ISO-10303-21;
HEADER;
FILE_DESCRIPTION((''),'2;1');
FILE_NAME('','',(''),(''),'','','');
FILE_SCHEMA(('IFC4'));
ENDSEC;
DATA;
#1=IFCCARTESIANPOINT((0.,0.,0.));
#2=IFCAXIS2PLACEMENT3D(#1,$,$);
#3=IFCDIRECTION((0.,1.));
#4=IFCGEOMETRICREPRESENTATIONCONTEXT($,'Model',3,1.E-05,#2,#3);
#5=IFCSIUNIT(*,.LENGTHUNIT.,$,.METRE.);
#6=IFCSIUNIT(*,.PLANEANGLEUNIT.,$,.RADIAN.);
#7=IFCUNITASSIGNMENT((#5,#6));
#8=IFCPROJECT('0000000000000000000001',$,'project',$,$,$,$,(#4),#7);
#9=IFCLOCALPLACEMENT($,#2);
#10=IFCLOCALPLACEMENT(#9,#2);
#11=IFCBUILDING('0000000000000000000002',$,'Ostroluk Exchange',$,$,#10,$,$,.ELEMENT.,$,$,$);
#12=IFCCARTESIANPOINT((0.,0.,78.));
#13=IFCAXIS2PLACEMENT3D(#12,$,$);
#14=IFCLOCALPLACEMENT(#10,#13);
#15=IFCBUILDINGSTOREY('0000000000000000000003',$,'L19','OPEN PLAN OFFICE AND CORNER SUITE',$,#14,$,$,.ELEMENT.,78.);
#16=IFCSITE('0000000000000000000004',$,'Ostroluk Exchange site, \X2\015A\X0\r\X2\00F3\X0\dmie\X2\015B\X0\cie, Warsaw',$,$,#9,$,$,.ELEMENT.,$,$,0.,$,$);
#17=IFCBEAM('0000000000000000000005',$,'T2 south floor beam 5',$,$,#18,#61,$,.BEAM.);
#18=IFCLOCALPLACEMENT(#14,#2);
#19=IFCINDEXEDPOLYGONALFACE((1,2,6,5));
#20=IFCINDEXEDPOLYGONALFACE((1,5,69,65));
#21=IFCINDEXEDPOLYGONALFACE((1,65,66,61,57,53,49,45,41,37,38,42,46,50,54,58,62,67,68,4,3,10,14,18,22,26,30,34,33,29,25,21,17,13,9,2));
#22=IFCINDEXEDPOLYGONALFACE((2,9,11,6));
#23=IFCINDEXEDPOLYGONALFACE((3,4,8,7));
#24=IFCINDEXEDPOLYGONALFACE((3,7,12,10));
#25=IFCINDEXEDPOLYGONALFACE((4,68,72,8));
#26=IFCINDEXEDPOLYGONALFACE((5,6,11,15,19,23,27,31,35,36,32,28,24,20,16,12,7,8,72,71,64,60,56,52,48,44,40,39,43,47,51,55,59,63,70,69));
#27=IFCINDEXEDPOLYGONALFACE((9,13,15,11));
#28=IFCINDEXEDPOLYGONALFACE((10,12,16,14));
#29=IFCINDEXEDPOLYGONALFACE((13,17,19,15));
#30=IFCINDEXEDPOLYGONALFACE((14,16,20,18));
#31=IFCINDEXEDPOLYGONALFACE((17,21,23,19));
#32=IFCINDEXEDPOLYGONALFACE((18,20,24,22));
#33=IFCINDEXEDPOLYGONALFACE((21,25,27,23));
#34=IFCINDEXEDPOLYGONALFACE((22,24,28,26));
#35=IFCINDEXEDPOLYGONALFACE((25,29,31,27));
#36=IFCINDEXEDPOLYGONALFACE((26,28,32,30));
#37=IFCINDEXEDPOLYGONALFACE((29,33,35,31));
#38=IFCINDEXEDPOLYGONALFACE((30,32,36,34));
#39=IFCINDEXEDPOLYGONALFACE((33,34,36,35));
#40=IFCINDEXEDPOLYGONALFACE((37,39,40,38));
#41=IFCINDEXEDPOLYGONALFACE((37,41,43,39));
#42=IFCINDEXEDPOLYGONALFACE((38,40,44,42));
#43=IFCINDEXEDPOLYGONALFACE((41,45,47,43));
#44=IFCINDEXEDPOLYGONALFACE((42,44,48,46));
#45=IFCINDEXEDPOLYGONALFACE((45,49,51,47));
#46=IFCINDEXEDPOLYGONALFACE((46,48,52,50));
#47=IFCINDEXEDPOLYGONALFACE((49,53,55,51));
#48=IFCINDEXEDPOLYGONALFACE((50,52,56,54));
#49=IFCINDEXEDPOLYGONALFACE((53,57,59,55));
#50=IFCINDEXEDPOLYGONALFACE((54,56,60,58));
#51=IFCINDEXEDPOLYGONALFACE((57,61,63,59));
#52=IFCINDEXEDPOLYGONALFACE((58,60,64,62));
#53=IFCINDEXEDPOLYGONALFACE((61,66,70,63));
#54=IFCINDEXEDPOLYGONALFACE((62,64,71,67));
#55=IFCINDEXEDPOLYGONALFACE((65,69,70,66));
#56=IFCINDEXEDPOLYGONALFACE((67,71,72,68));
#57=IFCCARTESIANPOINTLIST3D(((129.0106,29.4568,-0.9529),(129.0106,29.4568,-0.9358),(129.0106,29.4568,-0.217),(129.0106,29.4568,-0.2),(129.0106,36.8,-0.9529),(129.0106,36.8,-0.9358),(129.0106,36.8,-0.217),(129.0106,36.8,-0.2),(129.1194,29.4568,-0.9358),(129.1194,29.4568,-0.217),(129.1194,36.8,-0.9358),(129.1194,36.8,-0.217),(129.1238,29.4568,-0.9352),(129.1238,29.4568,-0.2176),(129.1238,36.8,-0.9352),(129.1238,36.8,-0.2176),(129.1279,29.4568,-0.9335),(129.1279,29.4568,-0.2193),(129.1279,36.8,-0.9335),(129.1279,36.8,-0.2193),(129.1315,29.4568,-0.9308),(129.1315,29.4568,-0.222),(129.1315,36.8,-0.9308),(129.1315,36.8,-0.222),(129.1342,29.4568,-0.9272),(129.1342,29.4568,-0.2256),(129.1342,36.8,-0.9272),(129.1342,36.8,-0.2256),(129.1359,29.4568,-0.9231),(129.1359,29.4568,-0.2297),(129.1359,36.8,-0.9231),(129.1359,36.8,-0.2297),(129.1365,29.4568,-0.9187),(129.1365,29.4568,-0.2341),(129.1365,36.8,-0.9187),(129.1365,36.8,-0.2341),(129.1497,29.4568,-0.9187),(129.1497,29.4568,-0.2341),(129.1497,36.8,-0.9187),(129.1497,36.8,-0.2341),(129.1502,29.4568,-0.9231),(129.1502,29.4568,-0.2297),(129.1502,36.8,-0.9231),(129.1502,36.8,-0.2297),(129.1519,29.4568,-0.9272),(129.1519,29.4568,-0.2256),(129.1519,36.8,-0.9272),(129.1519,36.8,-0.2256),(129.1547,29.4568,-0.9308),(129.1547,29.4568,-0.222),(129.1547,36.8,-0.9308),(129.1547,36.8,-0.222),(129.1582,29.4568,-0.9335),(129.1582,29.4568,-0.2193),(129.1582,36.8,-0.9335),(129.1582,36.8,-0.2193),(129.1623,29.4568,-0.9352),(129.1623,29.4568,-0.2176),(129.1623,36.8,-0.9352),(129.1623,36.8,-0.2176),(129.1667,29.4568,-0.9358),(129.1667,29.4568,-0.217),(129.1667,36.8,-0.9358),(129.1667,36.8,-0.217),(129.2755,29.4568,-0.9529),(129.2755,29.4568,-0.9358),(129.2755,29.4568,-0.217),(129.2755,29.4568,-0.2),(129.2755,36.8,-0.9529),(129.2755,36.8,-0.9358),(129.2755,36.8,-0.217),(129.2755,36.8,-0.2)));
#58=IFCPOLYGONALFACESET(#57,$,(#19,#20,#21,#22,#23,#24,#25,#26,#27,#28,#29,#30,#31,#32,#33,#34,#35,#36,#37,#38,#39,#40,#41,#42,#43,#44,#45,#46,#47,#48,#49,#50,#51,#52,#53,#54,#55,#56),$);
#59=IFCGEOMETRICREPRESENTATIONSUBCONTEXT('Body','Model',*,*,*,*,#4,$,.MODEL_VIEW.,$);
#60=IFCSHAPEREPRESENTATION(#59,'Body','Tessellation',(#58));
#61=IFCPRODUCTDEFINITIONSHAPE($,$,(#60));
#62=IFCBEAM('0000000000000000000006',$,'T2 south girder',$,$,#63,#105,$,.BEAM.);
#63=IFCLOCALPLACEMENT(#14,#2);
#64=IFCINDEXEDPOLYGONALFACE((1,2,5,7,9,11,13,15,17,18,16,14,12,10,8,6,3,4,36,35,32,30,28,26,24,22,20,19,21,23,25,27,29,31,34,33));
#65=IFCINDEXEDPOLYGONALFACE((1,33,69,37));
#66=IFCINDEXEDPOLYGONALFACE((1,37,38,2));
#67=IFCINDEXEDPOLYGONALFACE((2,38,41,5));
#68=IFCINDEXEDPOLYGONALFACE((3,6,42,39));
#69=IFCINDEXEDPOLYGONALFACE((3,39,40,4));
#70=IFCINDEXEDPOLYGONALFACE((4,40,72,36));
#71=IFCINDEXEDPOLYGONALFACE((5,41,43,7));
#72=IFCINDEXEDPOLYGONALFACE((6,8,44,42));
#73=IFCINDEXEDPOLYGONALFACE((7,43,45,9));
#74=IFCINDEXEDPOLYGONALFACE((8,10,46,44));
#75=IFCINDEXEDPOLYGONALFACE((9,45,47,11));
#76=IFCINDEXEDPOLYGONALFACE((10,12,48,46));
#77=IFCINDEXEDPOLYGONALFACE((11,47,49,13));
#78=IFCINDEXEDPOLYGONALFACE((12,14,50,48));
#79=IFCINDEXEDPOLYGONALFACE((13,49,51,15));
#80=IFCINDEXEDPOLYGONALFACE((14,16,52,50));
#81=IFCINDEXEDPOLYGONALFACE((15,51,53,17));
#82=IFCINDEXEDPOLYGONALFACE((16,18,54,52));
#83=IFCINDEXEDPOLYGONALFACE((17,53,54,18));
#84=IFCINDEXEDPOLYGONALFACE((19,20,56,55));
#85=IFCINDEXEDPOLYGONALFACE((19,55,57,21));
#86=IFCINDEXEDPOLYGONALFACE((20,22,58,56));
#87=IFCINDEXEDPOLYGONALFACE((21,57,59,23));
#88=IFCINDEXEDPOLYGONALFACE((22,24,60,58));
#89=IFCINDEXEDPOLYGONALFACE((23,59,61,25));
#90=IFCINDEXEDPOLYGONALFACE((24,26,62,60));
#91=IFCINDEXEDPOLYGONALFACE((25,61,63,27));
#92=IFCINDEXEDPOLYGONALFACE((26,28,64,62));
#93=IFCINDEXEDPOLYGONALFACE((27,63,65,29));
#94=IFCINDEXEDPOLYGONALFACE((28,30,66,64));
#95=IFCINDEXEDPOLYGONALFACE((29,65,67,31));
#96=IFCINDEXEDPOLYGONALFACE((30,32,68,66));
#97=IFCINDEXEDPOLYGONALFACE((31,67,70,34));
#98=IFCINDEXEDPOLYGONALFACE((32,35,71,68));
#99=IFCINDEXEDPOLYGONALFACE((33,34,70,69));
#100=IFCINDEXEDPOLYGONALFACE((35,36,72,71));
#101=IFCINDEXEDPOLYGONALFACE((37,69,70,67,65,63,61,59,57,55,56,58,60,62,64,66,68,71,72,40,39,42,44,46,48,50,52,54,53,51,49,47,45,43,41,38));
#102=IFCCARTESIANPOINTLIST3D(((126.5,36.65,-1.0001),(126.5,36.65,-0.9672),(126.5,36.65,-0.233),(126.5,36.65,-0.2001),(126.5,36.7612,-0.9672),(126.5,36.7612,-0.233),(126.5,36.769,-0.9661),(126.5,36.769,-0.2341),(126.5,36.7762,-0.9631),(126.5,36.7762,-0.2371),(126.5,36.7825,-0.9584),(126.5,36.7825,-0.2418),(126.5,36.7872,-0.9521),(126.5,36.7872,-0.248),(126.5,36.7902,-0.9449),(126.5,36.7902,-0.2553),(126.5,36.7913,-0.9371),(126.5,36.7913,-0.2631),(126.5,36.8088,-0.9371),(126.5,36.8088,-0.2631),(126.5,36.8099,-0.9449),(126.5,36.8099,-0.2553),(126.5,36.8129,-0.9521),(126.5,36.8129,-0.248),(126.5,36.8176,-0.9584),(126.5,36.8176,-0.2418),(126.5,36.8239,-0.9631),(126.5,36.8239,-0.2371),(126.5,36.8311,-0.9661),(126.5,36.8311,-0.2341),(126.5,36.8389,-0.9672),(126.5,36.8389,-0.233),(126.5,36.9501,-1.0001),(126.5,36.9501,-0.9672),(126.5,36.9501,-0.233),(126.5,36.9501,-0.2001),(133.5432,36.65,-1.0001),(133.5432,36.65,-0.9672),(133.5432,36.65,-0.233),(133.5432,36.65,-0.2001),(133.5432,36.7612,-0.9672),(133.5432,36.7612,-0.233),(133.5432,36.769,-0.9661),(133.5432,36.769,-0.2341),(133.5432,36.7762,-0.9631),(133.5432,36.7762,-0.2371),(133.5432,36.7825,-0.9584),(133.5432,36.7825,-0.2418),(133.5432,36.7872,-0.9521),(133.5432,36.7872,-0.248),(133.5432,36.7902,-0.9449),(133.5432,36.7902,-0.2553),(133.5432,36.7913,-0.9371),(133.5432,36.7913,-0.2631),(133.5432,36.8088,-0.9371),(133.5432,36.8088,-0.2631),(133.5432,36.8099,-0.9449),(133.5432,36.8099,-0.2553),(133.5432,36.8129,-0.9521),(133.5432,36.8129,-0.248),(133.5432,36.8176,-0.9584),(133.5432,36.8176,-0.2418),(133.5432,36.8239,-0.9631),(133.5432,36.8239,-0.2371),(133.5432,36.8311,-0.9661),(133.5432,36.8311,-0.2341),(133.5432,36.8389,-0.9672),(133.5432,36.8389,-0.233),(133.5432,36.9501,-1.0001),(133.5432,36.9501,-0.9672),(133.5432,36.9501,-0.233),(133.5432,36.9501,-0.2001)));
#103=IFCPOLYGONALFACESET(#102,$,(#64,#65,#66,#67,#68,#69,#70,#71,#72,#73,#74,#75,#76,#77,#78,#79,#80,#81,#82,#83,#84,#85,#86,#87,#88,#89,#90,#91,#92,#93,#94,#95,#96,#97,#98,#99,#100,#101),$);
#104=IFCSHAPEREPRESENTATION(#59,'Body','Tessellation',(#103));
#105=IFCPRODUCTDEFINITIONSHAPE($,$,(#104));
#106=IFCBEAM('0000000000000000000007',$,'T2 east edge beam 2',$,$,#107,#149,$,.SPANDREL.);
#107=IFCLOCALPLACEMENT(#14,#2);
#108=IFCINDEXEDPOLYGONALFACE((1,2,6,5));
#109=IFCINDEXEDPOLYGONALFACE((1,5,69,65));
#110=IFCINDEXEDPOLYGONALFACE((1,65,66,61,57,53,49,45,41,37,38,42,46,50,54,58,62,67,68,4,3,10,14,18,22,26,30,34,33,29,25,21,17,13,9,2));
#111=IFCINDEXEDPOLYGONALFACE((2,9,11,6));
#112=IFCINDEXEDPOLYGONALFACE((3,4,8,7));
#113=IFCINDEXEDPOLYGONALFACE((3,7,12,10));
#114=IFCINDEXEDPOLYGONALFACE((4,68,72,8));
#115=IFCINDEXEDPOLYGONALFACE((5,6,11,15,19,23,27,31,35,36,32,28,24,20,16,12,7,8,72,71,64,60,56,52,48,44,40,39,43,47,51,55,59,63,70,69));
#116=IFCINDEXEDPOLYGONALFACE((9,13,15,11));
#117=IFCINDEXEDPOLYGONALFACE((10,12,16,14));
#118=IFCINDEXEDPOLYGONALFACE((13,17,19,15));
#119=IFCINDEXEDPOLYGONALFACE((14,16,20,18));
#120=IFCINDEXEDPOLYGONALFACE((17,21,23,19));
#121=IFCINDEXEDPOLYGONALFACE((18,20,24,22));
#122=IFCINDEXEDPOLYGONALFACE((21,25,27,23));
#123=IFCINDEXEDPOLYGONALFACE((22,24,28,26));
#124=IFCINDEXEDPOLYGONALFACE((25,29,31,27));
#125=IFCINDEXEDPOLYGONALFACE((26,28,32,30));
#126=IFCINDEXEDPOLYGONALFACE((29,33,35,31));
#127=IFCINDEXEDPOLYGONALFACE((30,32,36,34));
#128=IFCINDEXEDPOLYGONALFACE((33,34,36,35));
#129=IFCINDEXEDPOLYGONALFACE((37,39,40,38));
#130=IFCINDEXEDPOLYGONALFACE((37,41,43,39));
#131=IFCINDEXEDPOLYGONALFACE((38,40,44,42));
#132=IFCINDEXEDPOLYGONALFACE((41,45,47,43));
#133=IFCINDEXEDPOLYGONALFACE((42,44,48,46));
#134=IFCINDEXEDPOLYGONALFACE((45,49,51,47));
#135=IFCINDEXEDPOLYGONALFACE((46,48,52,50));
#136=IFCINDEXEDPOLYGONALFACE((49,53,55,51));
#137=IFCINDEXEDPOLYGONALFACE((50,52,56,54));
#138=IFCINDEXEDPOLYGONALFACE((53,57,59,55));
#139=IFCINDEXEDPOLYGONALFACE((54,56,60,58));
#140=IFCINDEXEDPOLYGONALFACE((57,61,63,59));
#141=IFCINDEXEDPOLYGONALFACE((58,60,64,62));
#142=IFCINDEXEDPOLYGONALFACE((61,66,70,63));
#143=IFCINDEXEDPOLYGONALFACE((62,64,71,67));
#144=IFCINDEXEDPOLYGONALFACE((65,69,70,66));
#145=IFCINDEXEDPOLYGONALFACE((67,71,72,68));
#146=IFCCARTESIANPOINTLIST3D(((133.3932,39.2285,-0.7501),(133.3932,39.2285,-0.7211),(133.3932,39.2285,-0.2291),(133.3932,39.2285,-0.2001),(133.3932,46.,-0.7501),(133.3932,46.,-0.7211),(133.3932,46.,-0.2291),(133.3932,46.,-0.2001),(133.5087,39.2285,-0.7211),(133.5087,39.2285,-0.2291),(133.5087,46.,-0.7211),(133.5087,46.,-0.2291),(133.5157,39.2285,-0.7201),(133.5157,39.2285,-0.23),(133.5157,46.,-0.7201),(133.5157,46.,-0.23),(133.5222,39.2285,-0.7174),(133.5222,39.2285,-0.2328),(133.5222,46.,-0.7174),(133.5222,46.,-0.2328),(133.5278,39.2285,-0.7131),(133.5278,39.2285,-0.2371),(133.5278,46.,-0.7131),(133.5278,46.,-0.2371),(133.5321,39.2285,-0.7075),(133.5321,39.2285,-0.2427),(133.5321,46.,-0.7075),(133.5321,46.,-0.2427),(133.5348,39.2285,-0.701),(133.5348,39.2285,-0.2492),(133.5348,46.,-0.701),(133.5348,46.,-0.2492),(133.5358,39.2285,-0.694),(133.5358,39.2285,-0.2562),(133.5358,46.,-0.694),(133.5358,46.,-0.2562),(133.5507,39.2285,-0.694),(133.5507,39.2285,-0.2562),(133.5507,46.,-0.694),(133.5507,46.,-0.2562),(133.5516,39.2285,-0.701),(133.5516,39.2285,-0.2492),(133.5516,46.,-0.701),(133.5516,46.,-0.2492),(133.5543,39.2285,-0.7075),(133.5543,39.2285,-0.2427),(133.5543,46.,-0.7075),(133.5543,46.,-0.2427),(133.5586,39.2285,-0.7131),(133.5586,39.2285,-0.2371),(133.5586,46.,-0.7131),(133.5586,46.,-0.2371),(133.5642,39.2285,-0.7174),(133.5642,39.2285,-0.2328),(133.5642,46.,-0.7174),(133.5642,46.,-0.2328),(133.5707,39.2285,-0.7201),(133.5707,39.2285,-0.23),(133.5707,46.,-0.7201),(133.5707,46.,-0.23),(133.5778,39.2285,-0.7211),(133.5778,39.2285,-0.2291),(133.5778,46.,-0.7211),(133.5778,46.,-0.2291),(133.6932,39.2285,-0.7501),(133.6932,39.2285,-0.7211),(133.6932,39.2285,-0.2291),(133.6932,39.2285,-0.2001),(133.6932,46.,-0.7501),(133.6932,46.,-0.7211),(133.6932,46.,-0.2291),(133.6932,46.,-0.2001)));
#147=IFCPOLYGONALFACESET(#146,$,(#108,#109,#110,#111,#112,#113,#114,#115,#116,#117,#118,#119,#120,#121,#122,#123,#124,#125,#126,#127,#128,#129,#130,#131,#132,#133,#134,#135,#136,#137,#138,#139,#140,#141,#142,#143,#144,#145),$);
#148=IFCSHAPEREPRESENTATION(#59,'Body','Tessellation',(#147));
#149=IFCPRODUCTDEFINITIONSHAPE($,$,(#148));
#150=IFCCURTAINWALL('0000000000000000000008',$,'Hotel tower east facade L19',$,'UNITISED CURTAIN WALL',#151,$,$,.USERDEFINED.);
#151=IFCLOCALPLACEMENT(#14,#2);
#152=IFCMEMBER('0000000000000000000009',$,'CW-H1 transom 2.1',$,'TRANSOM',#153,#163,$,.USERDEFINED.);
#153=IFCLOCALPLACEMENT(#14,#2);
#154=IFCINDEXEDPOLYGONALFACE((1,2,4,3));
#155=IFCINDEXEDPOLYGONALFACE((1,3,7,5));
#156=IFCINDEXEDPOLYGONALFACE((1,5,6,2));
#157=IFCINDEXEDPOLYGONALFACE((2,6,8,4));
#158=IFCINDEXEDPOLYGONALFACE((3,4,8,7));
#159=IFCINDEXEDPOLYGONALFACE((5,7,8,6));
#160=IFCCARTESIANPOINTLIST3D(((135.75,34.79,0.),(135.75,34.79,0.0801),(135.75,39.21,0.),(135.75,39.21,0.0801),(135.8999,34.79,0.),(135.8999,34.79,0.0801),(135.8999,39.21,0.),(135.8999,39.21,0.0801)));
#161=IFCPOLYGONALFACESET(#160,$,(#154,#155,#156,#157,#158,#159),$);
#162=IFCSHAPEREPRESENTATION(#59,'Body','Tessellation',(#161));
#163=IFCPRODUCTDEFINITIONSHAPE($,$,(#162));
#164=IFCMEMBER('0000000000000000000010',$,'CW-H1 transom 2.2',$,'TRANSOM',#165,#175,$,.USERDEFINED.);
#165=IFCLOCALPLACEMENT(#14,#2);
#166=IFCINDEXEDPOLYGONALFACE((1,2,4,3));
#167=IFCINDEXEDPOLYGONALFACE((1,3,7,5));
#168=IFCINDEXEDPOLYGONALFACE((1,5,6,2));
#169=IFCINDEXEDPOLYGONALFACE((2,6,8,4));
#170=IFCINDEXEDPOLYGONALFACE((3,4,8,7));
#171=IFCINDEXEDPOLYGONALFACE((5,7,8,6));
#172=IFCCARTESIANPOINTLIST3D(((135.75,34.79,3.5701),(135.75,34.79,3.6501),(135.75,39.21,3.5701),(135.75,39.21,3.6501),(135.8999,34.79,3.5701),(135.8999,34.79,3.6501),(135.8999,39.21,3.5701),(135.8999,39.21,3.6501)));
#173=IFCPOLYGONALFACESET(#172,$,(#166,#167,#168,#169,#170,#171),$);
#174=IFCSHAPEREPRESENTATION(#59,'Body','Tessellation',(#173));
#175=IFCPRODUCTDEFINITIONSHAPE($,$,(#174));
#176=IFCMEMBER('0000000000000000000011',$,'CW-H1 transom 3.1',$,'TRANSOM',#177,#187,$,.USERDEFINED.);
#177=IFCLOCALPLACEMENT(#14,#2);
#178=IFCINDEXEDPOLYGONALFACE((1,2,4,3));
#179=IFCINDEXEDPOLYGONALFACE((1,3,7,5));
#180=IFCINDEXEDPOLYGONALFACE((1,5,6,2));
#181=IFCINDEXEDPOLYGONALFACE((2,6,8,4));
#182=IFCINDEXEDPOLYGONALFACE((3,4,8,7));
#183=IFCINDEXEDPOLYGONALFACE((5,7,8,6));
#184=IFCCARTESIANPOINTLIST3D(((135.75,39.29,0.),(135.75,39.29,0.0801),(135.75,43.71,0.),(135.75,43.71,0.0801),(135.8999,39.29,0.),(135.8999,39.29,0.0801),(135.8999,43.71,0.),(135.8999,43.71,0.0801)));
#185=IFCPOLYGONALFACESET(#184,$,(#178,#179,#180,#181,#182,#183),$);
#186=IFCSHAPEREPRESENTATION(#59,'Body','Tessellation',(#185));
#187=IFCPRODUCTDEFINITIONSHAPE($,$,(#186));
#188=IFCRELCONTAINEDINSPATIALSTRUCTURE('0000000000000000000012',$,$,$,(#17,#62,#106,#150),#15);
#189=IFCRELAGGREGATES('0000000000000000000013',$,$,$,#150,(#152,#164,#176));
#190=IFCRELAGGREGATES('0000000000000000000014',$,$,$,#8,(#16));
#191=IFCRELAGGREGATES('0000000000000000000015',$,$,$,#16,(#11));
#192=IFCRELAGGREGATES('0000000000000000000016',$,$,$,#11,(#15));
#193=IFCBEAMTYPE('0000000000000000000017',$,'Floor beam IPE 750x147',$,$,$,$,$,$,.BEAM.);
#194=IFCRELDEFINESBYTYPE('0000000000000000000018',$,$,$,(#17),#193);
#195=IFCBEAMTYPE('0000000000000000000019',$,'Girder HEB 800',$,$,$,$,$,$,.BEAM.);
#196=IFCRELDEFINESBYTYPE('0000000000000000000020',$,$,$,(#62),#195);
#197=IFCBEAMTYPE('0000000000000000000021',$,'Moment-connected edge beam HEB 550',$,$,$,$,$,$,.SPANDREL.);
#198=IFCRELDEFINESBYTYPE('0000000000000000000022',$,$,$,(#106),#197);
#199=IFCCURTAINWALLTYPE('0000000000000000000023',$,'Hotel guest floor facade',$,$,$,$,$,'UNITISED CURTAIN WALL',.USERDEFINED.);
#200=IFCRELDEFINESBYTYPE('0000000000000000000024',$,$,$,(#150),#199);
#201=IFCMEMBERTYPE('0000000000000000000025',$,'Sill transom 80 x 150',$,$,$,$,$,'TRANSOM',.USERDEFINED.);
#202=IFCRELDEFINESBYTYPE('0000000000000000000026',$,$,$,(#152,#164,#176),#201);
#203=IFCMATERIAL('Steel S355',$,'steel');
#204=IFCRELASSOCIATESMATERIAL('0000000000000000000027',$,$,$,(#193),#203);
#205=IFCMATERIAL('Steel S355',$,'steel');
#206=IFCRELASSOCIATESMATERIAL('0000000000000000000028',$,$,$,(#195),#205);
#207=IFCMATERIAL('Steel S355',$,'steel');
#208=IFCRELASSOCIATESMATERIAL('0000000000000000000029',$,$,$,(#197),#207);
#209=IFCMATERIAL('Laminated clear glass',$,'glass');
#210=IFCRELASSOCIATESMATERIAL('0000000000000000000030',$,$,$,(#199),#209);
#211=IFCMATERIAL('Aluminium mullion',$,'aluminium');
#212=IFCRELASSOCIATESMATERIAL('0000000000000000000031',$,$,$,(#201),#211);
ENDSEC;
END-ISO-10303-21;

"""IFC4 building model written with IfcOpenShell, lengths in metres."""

from ifc_helpers import new_model, si_unit, direction, frame, origin, origin_2d, place, context, subcontext, project, spatial, rectangle, i_section, extrude, material, material_profile, profile_set, type_object, element, aggregate, save


model = new_model("IFC4")

# Units and contexts
model_context = context("Model", 3, precision=1e-05, world=origin(), true_north=direction((0.0, 1.0)))
body_context = subcontext(model_context, "Body", "Model", "MODEL_VIEW")
ifc_project = project(units=[si_unit("LENGTHUNIT", "METRE"), si_unit("PLANEANGLEUNIT", "RADIAN")], contexts=[model_context])

# Site, building, storey
site_placement = place(None, origin())
site = spatial("IfcSite", under=ifc_project, at=site_placement, Name="Ostroluk Exchange site, Śródmieście, Warsaw", CompositionType="ELEMENT", RefElevation=0.0)
building_placement = place(site_placement, origin())
building = spatial("IfcBuilding", under=site, at=building_placement, Name="Ostroluk Exchange", CompositionType="ELEMENT")
storey_placement = place(building_placement, frame((0.0, 0.0, 78.0)))
storey = spatial("IfcBuildingStorey", under=building, at=storey_placement, Name="L19", Description="OPEN PLAN OFFICE AND CORNER SUITE", CompositionType="ELEMENT", Elevation=78.0)

# Beams
ifc_material_1 = material(Name="Steel S355", Category="steel")
ifc_material_profile_1 = material_profile(ifc_material_1, i_section(OverallWidth=0.2649, OverallDepth=0.7529, WebThickness=0.0132, FlangeThickness=0.0171, FilletRadius=0.0171, at=origin_2d()), Name="IPE 750x147")
ifc_profile_set_1 = profile_set([ifc_material_profile_1], Name="Steel S355")
beam_type_1 = type_object("IfcBeamType", Name="Floor beam IPE 750x147", PredefinedType="BEAM", material=ifc_profile_set_1)
beam_1_placement = place(storey_placement, frame((129.1431, 36.8, -0.5764), z_axis=(0.0, -1.0, 0.0), x_axis=(1.0, 0.0, 0.0)))
element("IfcBeam", 1, at=beam_1_placement, inside=storey, type_object=beam_type_1, Name="T2 south floor beam 5", PredefinedType="BEAM", context=body_context, shape_type="SweptSolid", body=[
    extrude(i_section(OverallWidth=0.2649, OverallDepth=0.7529, WebThickness=0.0132, FlangeThickness=0.0171, FilletRadius=0.0171, at=origin_2d()), origin(), (0.0, 0.0, 1.0), 7.3433),
])
ifc_material_2 = material(Name="Steel S355", Category="steel")
ifc_material_profile_2 = material_profile(ifc_material_2, i_section(OverallWidth=0.3, OverallDepth=0.8, WebThickness=0.0176, FlangeThickness=0.033, FilletRadius=0.03, at=origin_2d()), Name="HEB 800")
ifc_profile_set_2 = profile_set([ifc_material_profile_2], Name="Steel S355")
beam_type_2 = type_object("IfcBeamType", Name="Girder HEB 800", PredefinedType="BEAM", material=ifc_profile_set_2)
beam_2_placement = place(storey_placement, frame((126.5, 36.8, -0.6001), z_axis=(1.0, 0.0, 0.0), x_axis=(0.0, 1.0, 0.0)))
element("IfcBeam", 2, at=beam_2_placement, inside=storey, type_object=beam_type_2, Name="T2 south girder", PredefinedType="BEAM", context=body_context, shape_type="SweptSolid", body=[
    extrude(i_section(OverallWidth=0.3, OverallDepth=0.8, WebThickness=0.0176, FlangeThickness=0.033, FilletRadius=0.03, at=origin_2d()), origin(), (0.0, 0.0, 1.0), 7.0432),
])
ifc_material_3 = material(Name="Steel S355", Category="steel")
ifc_material_profile_3 = material_profile(ifc_material_3, i_section(OverallWidth=0.3, OverallDepth=0.55, WebThickness=0.0149, FlangeThickness=0.0291, FilletRadius=0.0271, at=origin_2d()), Name="HEB 550")
ifc_profile_set_3 = profile_set([ifc_material_profile_3], Name="Steel S355")
beam_type_3 = type_object("IfcBeamType", Name="Moment-connected edge beam HEB 550", PredefinedType="SPANDREL", material=ifc_profile_set_3)
beam_3_placement = place(storey_placement, frame((133.5432, 39.2285, -0.4751), z_axis=(0.0, 1.0, 0.0), x_axis=(-1.0, 0.0, 0.0)))
element("IfcBeam", 3, at=beam_3_placement, inside=storey, type_object=beam_type_3, Name="T2 east edge beam 2", PredefinedType="SPANDREL", context=body_context, shape_type="SweptSolid", body=[
    extrude(i_section(OverallWidth=0.3, OverallDepth=0.55, WebThickness=0.0149, FlangeThickness=0.0291, FilletRadius=0.0271, at=origin_2d()), origin(), (0.0, 0.0, 1.0), 6.7715),
])

# Curtain wall, members
ifc_material_4 = material(Name="Laminated clear glass", Category="glass")
curtain_wall_type = type_object("IfcCurtainWallType", Name="Hotel guest floor facade", ElementType="UNITISED CURTAIN WALL", PredefinedType="USERDEFINED", material=ifc_material_4)
curtain_wall_placement = place(storey_placement, origin())
curtain_wall = element("IfcCurtainWall", 4, at=curtain_wall_placement, inside=storey, type_object=curtain_wall_type, Name="Hotel tower east facade L19", ObjectType="UNITISED CURTAIN WALL", PredefinedType="USERDEFINED")
ifc_material_5 = material(Name="Aluminium mullion", Category="aluminium")
ifc_material_profile_4 = material_profile(ifc_material_5, rectangle(XDim=0.1499, YDim=0.0801, at=origin_2d()), Name="Sill transom 80 x 150")
ifc_profile_set_4 = profile_set([ifc_material_profile_4], Name="Aluminium mullion")
member_type_1 = type_object("IfcMemberType", Name="Sill transom 80 x 150", ElementType="TRANSOM", PredefinedType="USERDEFINED", material=ifc_profile_set_4)
member_1_placement = place(storey_placement, frame((135.825, 34.79, 0.04), z_axis=(0.0, 1.0, 0.0), x_axis=(-1.0, 0.0, 0.0)))
member_1 = element("IfcMember", 5, at=member_1_placement, type_object=member_type_1, Name="CW-H1 transom 2.1", ObjectType="TRANSOM", PredefinedType="USERDEFINED", context=body_context, shape_type="SweptSolid", body=[
    extrude(rectangle(XDim=0.1499, YDim=0.0801, at=origin_2d()), origin(), (0.0, 0.0, 1.0), 4.4199),
])
member_2_placement = place(storey_placement, frame((135.825, 34.79, 3.6101), z_axis=(0.0, 1.0, 0.0), x_axis=(-1.0, 0.0, 0.0)))
member_2 = element("IfcMember", 6, at=member_2_placement, type_object=member_type_1, Name="CW-H1 transom 2.2", ObjectType="TRANSOM", PredefinedType="USERDEFINED", context=body_context, shape_type="SweptSolid", body=[
    extrude(rectangle(XDim=0.1499, YDim=0.0801, at=origin_2d()), origin(), (0.0, 0.0, 1.0), 4.4199),
])
member_3_placement = place(storey_placement, frame((135.825, 39.29, 0.04), z_axis=(0.0, 1.0, 0.0), x_axis=(-1.0, 0.0, 0.0)))
member_3 = element("IfcMember", 7, at=member_3_placement, type_object=member_type_1, Name="CW-H1 transom 3.1", ObjectType="TRANSOM", PredefinedType="USERDEFINED", context=body_context, shape_type="SweptSolid", body=[
    extrude(rectangle(XDim=0.1499, YDim=0.0801, at=origin_2d()), origin(), (0.0, 0.0, 1.0), 4.4199),
])
aggregate(curtain_wall, [member_1, member_2, member_3])

save(model, "model.ifc")
